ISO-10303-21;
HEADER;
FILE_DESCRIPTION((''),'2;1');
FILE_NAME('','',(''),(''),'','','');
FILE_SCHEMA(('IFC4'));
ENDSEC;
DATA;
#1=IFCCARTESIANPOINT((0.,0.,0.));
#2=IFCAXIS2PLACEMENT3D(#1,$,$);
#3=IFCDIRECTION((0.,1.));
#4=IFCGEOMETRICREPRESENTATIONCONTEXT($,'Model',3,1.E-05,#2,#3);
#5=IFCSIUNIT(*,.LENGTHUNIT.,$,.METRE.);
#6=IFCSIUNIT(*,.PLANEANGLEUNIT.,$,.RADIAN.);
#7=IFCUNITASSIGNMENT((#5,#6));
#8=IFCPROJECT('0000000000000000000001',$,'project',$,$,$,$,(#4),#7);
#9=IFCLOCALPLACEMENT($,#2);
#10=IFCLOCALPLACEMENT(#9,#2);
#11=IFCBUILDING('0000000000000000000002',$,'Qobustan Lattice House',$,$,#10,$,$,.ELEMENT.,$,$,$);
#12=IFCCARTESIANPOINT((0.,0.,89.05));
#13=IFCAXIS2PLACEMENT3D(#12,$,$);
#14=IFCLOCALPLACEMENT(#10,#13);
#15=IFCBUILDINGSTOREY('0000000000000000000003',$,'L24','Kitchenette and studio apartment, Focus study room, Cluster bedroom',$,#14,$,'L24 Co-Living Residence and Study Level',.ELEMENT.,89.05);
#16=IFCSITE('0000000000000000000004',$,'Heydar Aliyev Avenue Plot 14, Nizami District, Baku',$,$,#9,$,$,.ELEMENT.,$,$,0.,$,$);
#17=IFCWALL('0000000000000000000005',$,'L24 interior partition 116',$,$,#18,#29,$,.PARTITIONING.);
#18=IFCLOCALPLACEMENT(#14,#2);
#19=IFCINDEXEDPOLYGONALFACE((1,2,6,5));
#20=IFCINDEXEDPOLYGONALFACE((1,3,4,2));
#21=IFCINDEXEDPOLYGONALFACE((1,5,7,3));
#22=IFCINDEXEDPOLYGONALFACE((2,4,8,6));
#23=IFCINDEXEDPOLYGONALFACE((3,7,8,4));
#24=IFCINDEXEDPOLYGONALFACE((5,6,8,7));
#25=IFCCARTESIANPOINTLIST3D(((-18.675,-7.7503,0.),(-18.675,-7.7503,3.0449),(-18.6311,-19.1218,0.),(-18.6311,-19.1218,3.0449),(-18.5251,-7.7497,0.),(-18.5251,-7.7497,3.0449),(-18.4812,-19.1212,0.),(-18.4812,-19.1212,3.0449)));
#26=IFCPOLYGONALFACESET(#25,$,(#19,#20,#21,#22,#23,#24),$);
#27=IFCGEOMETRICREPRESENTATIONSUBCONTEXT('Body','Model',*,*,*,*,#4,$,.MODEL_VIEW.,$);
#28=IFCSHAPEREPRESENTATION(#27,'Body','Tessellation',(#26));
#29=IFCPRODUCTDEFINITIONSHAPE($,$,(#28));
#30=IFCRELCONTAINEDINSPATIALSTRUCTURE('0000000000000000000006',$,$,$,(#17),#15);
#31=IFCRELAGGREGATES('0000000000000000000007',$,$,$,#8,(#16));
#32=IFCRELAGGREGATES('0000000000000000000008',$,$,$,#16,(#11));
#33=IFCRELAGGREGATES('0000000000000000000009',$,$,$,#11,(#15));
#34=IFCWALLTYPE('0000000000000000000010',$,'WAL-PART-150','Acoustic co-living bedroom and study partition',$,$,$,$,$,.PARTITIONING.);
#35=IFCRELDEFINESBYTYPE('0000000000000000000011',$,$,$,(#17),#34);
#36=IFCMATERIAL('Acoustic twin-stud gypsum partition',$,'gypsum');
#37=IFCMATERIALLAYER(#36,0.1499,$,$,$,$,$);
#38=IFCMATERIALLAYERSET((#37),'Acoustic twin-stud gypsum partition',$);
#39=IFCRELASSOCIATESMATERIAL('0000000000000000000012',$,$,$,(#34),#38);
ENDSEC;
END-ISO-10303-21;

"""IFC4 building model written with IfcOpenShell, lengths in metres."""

from ifc_helpers import new_model, si_unit, direction, frame, frame_2d, origin, place, context, subcontext, project, spatial, rectangle, extrude, material, layer, layer_set, type_object, element, save


model = new_model("IFC4")

# Units and contexts
model_context = context("Model", 3, precision=1e-05, world=origin(), true_north=direction((0.0, 1.0)))
body_context = subcontext(model_context, "Body", "Model", "MODEL_VIEW")
ifc_project = project(units=[si_unit("LENGTHUNIT", "METRE"), si_unit("PLANEANGLEUNIT", "RADIAN")], contexts=[model_context])

# Site, building, storey
site_placement = place(None, origin())
site = spatial("IfcSite", under=ifc_project, at=site_placement, Name="Heydar Aliyev Avenue Plot 14, Nizami District, Baku", CompositionType="ELEMENT", RefElevation=0.0)
building_placement = place(site_placement, origin())
building = spatial("IfcBuilding", under=site, at=building_placement, Name="Qobustan Lattice House", CompositionType="ELEMENT")
storey_placement = place(building_placement, frame((0.0, 0.0, 89.05)))
storey = spatial("IfcBuildingStorey", under=building, at=storey_placement, Name="L24", Description="Kitchenette and studio apartment, Focus study room, Cluster bedroom", LongName="L24 Co-Living Residence and Study Level", CompositionType="ELEMENT", Elevation=89.05)

# Shared definitions
ifc_material_1 = material(Name="Acoustic twin-stud gypsum partition", Category="gypsum")
ifc_layer_1 = layer(ifc_material_1, 0.1499)
ifc_layer_set_1 = layer_set([ifc_layer_1], Name="Acoustic twin-stud gypsum partition")
wall_type_1 = type_object("IfcWallType", Name="WAL-PART-150", Description="Acoustic co-living bedroom and study partition", PredefinedType="PARTITIONING", material=ifc_layer_set_1)

# Wall
wall_1_placement = place(storey_placement, frame((-18.6001, -7.75, 0.0), z_axis=(0.0, 0.0, 1.0), x_axis=(0.003864, -0.999993, 0.0)))
element("IfcWall", 1, at=wall_1_placement, inside=storey, type_object=wall_type_1, Name="L24 interior partition 116", PredefinedType="PARTITIONING", context=body_context, shape_type="SweptSolid", body=[
    extrude(rectangle(XDim=11.3716, YDim=0.1499, at=frame_2d((5.6858, 0.0))), origin(), (0.0, 0.0, 1.0), 3.0449),
])

save(model, "model.ifc")
